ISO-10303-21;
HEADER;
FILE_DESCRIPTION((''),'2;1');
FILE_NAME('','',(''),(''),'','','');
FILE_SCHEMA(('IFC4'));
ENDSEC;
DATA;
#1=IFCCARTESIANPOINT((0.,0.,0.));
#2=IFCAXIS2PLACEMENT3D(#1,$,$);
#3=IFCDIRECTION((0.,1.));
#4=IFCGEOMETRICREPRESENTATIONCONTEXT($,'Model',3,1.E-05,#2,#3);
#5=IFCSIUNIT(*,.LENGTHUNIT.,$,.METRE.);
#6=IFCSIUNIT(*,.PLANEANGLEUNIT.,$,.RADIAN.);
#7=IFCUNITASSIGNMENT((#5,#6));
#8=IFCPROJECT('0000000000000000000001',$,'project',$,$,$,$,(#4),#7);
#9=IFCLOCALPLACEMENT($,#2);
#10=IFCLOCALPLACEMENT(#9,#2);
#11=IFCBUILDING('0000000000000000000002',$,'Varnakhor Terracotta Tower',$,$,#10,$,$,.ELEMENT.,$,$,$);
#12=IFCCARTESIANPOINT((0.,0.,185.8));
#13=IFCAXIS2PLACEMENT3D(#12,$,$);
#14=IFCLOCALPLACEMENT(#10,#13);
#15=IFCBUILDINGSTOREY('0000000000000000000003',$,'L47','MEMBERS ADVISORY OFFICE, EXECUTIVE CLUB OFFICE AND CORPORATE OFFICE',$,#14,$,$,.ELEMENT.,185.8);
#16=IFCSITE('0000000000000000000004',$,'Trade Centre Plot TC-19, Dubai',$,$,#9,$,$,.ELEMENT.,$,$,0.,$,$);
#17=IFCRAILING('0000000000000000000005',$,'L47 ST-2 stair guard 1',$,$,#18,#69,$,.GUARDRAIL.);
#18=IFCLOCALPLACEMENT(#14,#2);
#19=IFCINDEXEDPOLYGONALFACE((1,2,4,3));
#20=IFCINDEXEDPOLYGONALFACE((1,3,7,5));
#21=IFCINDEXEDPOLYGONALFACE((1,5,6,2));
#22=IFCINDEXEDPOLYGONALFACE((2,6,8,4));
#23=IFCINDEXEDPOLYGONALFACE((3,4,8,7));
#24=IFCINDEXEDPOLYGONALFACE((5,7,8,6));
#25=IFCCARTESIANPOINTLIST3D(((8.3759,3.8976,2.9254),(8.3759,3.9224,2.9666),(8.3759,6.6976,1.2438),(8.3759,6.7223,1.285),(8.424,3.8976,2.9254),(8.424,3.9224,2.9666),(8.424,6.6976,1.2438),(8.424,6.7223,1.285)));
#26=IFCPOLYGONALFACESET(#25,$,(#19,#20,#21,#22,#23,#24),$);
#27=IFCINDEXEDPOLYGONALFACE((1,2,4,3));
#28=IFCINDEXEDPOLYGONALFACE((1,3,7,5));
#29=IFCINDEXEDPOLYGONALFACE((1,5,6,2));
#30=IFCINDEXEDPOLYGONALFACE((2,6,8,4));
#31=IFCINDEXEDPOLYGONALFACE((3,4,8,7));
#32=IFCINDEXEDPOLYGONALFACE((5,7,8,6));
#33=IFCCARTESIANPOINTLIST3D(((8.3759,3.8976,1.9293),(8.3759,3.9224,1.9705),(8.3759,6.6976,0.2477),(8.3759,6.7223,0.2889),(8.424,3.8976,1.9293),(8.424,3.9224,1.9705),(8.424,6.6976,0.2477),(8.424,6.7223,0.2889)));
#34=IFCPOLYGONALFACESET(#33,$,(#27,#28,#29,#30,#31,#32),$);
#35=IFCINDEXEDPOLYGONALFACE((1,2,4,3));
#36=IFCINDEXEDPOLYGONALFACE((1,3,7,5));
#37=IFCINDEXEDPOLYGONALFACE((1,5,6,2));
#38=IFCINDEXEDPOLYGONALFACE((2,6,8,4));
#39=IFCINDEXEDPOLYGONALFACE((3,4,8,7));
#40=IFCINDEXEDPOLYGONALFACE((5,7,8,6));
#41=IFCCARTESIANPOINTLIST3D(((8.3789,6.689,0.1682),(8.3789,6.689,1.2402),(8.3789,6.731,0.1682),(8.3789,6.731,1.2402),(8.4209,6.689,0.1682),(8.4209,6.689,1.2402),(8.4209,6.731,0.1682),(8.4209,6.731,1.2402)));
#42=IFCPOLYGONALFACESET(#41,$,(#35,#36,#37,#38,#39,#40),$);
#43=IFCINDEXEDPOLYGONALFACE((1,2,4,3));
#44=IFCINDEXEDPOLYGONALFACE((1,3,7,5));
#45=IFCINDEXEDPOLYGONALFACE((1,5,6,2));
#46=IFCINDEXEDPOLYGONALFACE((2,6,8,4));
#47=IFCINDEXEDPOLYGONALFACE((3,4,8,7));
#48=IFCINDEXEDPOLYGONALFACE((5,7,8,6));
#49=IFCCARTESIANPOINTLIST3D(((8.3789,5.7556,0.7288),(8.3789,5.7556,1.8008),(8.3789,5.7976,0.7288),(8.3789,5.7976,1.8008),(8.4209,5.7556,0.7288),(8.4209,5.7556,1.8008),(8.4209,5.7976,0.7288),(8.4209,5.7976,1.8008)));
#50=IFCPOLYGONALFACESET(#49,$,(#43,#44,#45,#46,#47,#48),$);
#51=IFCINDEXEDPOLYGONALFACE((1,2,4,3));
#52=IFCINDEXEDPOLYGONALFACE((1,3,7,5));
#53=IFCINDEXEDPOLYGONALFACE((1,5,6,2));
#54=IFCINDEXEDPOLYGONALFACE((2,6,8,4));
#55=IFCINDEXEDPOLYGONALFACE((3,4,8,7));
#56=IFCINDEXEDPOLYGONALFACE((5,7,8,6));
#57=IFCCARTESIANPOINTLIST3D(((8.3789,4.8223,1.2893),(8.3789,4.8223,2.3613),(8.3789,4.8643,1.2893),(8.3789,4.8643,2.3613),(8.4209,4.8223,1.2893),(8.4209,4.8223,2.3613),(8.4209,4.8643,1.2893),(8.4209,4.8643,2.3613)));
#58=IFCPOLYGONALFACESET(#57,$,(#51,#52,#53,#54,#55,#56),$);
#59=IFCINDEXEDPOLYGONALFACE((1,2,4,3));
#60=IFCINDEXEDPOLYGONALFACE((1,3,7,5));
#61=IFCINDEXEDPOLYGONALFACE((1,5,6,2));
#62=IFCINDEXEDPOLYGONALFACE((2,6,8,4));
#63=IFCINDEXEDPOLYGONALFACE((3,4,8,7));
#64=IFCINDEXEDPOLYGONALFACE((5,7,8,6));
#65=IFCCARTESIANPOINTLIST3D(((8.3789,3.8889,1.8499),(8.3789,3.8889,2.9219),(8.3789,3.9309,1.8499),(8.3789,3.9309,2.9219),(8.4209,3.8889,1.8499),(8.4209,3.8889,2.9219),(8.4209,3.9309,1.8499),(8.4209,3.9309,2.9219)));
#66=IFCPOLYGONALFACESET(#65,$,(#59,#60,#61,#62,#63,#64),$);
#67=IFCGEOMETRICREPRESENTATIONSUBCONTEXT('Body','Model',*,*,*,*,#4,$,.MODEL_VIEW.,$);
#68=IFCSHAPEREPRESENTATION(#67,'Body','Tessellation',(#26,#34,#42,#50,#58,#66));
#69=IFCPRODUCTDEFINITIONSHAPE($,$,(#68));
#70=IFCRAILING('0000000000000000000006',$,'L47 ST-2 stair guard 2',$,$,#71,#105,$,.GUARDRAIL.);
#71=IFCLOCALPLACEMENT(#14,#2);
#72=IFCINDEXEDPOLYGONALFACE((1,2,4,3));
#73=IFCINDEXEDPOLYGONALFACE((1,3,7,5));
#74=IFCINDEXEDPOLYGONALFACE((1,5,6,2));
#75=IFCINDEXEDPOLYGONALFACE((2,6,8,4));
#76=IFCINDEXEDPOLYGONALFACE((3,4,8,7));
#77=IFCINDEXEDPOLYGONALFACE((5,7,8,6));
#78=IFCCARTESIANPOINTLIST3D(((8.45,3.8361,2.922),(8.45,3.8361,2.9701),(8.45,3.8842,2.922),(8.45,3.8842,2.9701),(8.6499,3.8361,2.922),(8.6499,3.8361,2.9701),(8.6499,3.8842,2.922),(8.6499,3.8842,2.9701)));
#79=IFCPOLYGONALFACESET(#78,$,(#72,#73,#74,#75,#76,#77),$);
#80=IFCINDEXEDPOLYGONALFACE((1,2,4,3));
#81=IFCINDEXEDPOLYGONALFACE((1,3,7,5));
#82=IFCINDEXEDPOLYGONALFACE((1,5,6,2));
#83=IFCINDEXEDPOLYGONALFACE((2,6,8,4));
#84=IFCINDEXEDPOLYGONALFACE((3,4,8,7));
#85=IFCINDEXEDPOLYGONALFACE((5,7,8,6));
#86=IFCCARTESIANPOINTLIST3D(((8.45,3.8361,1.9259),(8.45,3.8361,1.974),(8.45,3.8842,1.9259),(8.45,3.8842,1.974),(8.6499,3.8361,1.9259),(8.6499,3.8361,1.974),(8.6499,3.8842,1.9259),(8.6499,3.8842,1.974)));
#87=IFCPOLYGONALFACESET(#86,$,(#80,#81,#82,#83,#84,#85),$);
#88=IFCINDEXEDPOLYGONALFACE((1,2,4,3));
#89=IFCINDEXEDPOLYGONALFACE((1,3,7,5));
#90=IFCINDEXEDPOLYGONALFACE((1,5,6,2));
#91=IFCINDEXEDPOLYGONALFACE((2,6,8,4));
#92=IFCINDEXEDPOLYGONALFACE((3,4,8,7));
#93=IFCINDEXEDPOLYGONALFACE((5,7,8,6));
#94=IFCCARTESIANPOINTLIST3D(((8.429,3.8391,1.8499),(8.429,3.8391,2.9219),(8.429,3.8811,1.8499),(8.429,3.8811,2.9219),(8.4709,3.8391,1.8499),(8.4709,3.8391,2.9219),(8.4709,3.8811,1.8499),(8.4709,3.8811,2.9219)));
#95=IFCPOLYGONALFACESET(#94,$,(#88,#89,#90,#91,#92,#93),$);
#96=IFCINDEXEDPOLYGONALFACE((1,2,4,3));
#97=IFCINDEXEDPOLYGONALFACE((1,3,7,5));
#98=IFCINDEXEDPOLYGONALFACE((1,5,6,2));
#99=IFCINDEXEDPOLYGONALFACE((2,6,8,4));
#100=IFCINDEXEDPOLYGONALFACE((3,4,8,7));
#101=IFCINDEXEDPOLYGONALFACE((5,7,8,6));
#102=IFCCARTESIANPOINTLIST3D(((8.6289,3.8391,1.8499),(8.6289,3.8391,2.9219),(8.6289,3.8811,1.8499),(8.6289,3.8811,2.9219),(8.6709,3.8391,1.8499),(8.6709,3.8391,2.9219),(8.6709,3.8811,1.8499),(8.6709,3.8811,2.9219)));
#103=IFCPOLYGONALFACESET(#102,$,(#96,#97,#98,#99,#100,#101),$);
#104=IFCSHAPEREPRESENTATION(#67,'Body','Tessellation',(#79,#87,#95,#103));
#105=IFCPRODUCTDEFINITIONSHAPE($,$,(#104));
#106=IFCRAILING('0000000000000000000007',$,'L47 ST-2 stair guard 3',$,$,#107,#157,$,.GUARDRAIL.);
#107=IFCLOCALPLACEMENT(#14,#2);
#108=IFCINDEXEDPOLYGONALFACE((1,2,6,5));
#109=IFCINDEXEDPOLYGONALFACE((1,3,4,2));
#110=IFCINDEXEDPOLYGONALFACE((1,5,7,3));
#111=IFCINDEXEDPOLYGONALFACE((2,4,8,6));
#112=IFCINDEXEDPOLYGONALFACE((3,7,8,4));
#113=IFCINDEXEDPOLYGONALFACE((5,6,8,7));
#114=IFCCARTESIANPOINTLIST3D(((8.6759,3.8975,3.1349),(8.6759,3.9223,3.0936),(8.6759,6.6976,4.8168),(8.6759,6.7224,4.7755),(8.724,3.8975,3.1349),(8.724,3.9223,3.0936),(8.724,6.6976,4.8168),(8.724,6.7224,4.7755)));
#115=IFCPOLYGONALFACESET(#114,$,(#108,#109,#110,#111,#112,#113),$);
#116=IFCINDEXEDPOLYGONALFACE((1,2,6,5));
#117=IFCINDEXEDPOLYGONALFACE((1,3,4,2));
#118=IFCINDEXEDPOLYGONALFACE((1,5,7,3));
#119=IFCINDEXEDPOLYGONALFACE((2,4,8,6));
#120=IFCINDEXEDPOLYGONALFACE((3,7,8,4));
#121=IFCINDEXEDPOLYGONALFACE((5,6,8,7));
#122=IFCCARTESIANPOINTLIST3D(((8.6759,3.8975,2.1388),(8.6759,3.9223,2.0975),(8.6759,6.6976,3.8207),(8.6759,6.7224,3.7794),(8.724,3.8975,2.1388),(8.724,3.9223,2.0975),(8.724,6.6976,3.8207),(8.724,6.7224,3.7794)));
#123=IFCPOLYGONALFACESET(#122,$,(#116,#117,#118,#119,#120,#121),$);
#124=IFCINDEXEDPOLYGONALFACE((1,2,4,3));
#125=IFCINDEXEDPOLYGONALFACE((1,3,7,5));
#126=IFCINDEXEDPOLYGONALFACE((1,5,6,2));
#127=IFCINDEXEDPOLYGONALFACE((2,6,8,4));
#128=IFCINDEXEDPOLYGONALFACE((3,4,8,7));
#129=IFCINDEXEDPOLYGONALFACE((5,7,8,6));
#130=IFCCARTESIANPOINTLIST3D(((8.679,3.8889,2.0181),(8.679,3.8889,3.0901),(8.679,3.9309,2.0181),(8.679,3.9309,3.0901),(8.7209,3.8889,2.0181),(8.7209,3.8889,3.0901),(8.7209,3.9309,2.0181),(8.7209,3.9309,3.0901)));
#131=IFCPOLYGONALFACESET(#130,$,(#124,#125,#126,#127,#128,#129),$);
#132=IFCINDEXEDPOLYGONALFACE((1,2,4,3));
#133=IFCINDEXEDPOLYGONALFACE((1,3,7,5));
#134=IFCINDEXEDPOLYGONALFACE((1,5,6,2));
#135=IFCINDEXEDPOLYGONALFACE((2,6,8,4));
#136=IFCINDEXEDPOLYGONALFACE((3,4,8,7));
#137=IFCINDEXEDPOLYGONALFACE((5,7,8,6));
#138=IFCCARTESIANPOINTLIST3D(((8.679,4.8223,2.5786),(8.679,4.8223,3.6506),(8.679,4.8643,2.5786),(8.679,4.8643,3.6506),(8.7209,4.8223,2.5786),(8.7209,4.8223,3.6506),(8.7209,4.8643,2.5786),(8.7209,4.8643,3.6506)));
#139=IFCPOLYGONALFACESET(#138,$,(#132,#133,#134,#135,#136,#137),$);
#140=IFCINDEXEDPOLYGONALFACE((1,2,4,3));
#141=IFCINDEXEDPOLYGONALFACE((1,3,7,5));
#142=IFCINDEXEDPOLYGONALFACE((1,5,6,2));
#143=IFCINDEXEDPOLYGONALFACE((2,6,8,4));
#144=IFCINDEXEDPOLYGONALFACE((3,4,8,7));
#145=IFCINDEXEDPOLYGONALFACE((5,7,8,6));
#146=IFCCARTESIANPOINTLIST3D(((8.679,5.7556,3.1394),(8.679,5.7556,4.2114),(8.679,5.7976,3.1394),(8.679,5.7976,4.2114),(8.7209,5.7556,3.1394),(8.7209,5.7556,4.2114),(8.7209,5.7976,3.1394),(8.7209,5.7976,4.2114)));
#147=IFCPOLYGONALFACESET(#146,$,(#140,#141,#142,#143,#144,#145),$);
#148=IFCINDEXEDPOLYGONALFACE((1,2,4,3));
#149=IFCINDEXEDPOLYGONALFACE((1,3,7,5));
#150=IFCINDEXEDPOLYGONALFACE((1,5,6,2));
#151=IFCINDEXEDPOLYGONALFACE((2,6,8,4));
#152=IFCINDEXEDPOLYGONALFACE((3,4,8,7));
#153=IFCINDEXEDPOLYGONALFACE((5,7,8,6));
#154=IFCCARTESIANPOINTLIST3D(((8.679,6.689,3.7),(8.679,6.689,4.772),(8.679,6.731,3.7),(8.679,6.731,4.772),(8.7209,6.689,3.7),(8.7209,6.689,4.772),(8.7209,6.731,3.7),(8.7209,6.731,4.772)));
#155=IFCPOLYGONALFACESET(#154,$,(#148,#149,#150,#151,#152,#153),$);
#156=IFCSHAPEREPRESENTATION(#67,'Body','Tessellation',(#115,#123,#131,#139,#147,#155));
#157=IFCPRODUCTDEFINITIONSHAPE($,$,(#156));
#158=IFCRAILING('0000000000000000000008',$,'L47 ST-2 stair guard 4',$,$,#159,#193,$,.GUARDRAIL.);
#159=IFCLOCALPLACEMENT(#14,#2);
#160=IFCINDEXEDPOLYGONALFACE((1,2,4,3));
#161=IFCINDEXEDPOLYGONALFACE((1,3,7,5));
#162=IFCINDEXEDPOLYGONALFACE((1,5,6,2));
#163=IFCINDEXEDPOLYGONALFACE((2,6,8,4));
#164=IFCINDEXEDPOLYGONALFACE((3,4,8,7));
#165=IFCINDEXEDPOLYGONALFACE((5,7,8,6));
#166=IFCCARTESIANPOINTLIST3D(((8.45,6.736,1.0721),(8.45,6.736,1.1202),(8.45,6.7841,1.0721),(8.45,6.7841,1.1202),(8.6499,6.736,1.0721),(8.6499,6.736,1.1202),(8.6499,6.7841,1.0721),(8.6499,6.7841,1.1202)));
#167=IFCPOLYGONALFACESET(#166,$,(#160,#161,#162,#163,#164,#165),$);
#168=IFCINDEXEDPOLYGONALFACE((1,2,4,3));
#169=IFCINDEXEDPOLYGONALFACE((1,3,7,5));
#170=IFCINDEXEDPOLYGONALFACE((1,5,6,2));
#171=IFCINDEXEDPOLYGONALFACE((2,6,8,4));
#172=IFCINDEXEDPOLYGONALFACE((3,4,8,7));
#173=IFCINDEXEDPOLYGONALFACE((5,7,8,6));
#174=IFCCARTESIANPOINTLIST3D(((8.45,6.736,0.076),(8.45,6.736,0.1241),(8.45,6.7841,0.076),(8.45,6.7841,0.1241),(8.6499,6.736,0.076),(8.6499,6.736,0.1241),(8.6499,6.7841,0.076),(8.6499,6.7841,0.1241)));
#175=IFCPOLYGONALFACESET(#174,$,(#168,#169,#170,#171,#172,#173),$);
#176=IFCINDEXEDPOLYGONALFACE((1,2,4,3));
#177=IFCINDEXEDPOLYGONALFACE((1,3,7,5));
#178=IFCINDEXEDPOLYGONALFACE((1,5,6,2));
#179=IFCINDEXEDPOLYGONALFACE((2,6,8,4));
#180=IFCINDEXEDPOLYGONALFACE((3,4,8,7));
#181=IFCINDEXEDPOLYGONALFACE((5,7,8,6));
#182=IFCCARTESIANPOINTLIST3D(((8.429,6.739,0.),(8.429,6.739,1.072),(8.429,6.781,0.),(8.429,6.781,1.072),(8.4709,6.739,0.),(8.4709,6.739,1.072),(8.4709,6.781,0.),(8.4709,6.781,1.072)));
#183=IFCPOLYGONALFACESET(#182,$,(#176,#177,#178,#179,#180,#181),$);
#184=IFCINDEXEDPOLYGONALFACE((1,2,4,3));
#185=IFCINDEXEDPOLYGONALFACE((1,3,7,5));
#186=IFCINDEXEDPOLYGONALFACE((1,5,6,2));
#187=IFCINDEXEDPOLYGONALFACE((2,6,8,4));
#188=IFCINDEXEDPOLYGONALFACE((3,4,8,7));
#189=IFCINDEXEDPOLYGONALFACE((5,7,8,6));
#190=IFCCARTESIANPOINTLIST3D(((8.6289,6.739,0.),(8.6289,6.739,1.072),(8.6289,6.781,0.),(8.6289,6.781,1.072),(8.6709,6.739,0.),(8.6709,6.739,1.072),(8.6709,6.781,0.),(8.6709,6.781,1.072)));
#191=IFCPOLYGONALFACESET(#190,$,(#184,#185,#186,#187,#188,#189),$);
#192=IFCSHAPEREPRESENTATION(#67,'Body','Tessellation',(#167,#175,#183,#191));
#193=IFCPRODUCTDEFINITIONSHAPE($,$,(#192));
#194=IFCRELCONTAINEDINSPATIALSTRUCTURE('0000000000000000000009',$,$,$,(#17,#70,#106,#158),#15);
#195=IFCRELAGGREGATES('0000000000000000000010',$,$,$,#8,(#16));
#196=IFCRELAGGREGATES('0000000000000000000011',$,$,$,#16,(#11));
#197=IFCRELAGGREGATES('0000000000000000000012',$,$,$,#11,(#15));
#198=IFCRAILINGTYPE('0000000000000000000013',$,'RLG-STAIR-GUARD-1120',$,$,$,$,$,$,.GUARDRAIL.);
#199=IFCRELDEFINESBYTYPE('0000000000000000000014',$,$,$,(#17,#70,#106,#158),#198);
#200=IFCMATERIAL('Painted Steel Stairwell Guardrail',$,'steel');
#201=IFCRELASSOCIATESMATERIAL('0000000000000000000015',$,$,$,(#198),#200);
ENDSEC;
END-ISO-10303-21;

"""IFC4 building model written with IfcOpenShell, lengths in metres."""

from ifc_helpers import new_model, si_unit, direction, frame, origin, origin_2d, place, context, subcontext, project, spatial, rectangle, extrude, material, type_object, element, save


model = new_model("IFC4")

# Units and contexts
model_context = context("Model", 3, precision=1e-05, world=origin(), true_north=direction((0.0, 1.0)))
body_context = subcontext(model_context, "Body", "Model", "MODEL_VIEW")
ifc_project = project(units=[si_unit("LENGTHUNIT", "METRE"), si_unit("PLANEANGLEUNIT", "RADIAN")], contexts=[model_context])

# Site, building, storey
site_placement = place(None, origin())
site = spatial("IfcSite", under=ifc_project, at=site_placement, Name="Trade Centre Plot TC-19, Dubai", CompositionType="ELEMENT", RefElevation=0.0)
building_placement = place(site_placement, origin())
building = spatial("IfcBuilding", under=site, at=building_placement, Name="Varnakhor Terracotta Tower", CompositionType="ELEMENT")
storey_placement = place(building_placement, frame((0.0, 0.0, 185.8)))
storey = spatial("IfcBuildingStorey", under=building, at=storey_placement, Name="L47", Description="MEMBERS ADVISORY OFFICE, EXECUTIVE CLUB OFFICE AND CORPORATE OFFICE", CompositionType="ELEMENT", Elevation=185.8)

# Railings
ifc_material_1 = material(Name="Painted Steel Stairwell Guardrail", Category="steel")
railing_type_1 = type_object("IfcRailingType", Name="RLG-STAIR-GUARD-1120", PredefinedType="GUARDRAIL", material=ifc_material_1)
railing_1_placement = place(storey_placement, frame((8.3999, 6.71, 0.1682)))
element("IfcRailing", 1, at=railing_1_placement, inside=storey, type_object=railing_type_1, Name="L47 ST-2 stair guard 1", PredefinedType="GUARDRAIL", context=body_context, shape_type="SweptSolid", body=[
    extrude(rectangle(XDim=0.0481, YDim=0.0481, at=origin_2d()), frame((0.0, 0.0, 1.0962), z_axis=(0.0, -0.857275, 0.514858), x_axis=(1.0, 0.0, 0.0)), (0.0, 0.0, 1.0), 3.2661),
    extrude(rectangle(XDim=0.0481, YDim=0.0481, at=origin_2d()), frame((0.0, 0.0, 0.1001), z_axis=(0.0, -0.857275, 0.514858), x_axis=(1.0, 0.0, 0.0)), (0.0, 0.0, 1.0), 3.2661),
    extrude(rectangle(XDim=0.042, YDim=0.042, at=origin_2d()), origin(), (0.0, 0.0, 1.0), 1.072),
    extrude(rectangle(XDim=0.042, YDim=0.042, at=origin_2d()), frame((0.0, -0.9333, 0.5605)), (0.0, 0.0, 1.0), 1.072),
    extrude(rectangle(XDim=0.042, YDim=0.042, at=origin_2d()), frame((0.0, -1.8667, 1.1211)), (0.0, 0.0, 1.0), 1.072),
    extrude(rectangle(XDim=0.042, YDim=0.042, at=origin_2d()), frame((0.0, -2.8, 1.6816)), (0.0, 0.0, 1.0), 1.072),
])
railing_2_placement = place(storey_placement, frame((8.45, 3.8601, 1.8499)))
element("IfcRailing", 2, at=railing_2_placement, inside=storey, type_object=railing_type_1, Name="L47 ST-2 stair guard 2", PredefinedType="GUARDRAIL", context=body_context, shape_type="SweptSolid", body=[
    extrude(rectangle(XDim=0.0481, YDim=0.0481, at=origin_2d()), frame((0.0, 0.0, 1.0962), z_axis=(1.0, 0.0, 0.0), x_axis=(0.0, 1.0, 0.0)), (0.0, 0.0, 1.0), 0.2),
    extrude(rectangle(XDim=0.0481, YDim=0.0481, at=origin_2d()), frame((0.0, 0.0, 0.1001), z_axis=(1.0, 0.0, 0.0), x_axis=(0.0, 1.0, 0.0)), (0.0, 0.0, 1.0), 0.2),
    extrude(rectangle(XDim=0.042, YDim=0.042, at=origin_2d()), origin(), (0.0, 0.0, 1.0), 1.072),
    extrude(rectangle(XDim=0.042, YDim=0.042, at=origin_2d()), frame((0.2, 0.0, 0.0)), (0.0, 0.0, 1.0), 1.072),
])
railing_3_placement = place(storey_placement, frame((8.7, 3.9099, 2.0181)))
element("IfcRailing", 3, at=railing_3_placement, inside=storey, type_object=railing_type_1, Name="L47 ST-2 stair guard 3", PredefinedType="GUARDRAIL", context=body_context, shape_type="SweptSolid", body=[
    extrude(rectangle(XDim=0.0481, YDim=0.0481, at=origin_2d()), frame((0.0, 0.0, 1.0962), z_axis=(0.0, 0.857242, 0.514913), x_axis=(-1.0, 0.0, 0.0)), (0.0, 0.0, 1.0), 3.2664),
    extrude(rectangle(XDim=0.0481, YDim=0.0481, at=origin_2d()), frame((0.0, 0.0, 0.1001), z_axis=(0.0, 0.857242, 0.514913), x_axis=(-1.0, 0.0, 0.0)), (0.0, 0.0, 1.0), 3.2664),
    extrude(rectangle(XDim=0.042, YDim=0.042, at=origin_2d()), origin(), (0.0, 0.0, 1.0), 1.072),
    extrude(rectangle(XDim=0.042, YDim=0.042, at=origin_2d()), frame((0.0, 0.9333, 0.5605)), (0.0, 0.0, 1.0), 1.072),
    extrude(rectangle(XDim=0.042, YDim=0.042, at=origin_2d()), frame((0.0, 1.8667, 1.1213)), (0.0, 0.0, 1.0), 1.072),
    extrude(rectangle(XDim=0.042, YDim=0.042, at=origin_2d()), frame((0.0, 2.8, 1.6819)), (0.0, 0.0, 1.0), 1.072),
])
railing_4_placement = place(storey_placement, frame((8.45, 6.76, 0.0)))
element("IfcRailing", 4, at=railing_4_placement, inside=storey, type_object=railing_type_1, Name="L47 ST-2 stair guard 4", PredefinedType="GUARDRAIL", context=body_context, shape_type="SweptSolid", body=[
    extrude(rectangle(XDim=0.0481, YDim=0.0481, at=origin_2d()), frame((0.0, 0.0, 1.0962), z_axis=(1.0, 0.0, 0.0), x_axis=(0.0, 1.0, 0.0)), (0.0, 0.0, 1.0), 0.2),
    extrude(rectangle(XDim=0.0481, YDim=0.0481, at=origin_2d()), frame((0.0, 0.0, 0.1001), z_axis=(1.0, 0.0, 0.0), x_axis=(0.0, 1.0, 0.0)), (0.0, 0.0, 1.0), 0.2),
    extrude(rectangle(XDim=0.042, YDim=0.042, at=origin_2d()), origin(), (0.0, 0.0, 1.0), 1.072),
    extrude(rectangle(XDim=0.042, YDim=0.042, at=origin_2d()), frame((0.2, 0.0, 0.0)), (0.0, 0.0, 1.0), 1.072),
])

save(model, "model.ifc")
